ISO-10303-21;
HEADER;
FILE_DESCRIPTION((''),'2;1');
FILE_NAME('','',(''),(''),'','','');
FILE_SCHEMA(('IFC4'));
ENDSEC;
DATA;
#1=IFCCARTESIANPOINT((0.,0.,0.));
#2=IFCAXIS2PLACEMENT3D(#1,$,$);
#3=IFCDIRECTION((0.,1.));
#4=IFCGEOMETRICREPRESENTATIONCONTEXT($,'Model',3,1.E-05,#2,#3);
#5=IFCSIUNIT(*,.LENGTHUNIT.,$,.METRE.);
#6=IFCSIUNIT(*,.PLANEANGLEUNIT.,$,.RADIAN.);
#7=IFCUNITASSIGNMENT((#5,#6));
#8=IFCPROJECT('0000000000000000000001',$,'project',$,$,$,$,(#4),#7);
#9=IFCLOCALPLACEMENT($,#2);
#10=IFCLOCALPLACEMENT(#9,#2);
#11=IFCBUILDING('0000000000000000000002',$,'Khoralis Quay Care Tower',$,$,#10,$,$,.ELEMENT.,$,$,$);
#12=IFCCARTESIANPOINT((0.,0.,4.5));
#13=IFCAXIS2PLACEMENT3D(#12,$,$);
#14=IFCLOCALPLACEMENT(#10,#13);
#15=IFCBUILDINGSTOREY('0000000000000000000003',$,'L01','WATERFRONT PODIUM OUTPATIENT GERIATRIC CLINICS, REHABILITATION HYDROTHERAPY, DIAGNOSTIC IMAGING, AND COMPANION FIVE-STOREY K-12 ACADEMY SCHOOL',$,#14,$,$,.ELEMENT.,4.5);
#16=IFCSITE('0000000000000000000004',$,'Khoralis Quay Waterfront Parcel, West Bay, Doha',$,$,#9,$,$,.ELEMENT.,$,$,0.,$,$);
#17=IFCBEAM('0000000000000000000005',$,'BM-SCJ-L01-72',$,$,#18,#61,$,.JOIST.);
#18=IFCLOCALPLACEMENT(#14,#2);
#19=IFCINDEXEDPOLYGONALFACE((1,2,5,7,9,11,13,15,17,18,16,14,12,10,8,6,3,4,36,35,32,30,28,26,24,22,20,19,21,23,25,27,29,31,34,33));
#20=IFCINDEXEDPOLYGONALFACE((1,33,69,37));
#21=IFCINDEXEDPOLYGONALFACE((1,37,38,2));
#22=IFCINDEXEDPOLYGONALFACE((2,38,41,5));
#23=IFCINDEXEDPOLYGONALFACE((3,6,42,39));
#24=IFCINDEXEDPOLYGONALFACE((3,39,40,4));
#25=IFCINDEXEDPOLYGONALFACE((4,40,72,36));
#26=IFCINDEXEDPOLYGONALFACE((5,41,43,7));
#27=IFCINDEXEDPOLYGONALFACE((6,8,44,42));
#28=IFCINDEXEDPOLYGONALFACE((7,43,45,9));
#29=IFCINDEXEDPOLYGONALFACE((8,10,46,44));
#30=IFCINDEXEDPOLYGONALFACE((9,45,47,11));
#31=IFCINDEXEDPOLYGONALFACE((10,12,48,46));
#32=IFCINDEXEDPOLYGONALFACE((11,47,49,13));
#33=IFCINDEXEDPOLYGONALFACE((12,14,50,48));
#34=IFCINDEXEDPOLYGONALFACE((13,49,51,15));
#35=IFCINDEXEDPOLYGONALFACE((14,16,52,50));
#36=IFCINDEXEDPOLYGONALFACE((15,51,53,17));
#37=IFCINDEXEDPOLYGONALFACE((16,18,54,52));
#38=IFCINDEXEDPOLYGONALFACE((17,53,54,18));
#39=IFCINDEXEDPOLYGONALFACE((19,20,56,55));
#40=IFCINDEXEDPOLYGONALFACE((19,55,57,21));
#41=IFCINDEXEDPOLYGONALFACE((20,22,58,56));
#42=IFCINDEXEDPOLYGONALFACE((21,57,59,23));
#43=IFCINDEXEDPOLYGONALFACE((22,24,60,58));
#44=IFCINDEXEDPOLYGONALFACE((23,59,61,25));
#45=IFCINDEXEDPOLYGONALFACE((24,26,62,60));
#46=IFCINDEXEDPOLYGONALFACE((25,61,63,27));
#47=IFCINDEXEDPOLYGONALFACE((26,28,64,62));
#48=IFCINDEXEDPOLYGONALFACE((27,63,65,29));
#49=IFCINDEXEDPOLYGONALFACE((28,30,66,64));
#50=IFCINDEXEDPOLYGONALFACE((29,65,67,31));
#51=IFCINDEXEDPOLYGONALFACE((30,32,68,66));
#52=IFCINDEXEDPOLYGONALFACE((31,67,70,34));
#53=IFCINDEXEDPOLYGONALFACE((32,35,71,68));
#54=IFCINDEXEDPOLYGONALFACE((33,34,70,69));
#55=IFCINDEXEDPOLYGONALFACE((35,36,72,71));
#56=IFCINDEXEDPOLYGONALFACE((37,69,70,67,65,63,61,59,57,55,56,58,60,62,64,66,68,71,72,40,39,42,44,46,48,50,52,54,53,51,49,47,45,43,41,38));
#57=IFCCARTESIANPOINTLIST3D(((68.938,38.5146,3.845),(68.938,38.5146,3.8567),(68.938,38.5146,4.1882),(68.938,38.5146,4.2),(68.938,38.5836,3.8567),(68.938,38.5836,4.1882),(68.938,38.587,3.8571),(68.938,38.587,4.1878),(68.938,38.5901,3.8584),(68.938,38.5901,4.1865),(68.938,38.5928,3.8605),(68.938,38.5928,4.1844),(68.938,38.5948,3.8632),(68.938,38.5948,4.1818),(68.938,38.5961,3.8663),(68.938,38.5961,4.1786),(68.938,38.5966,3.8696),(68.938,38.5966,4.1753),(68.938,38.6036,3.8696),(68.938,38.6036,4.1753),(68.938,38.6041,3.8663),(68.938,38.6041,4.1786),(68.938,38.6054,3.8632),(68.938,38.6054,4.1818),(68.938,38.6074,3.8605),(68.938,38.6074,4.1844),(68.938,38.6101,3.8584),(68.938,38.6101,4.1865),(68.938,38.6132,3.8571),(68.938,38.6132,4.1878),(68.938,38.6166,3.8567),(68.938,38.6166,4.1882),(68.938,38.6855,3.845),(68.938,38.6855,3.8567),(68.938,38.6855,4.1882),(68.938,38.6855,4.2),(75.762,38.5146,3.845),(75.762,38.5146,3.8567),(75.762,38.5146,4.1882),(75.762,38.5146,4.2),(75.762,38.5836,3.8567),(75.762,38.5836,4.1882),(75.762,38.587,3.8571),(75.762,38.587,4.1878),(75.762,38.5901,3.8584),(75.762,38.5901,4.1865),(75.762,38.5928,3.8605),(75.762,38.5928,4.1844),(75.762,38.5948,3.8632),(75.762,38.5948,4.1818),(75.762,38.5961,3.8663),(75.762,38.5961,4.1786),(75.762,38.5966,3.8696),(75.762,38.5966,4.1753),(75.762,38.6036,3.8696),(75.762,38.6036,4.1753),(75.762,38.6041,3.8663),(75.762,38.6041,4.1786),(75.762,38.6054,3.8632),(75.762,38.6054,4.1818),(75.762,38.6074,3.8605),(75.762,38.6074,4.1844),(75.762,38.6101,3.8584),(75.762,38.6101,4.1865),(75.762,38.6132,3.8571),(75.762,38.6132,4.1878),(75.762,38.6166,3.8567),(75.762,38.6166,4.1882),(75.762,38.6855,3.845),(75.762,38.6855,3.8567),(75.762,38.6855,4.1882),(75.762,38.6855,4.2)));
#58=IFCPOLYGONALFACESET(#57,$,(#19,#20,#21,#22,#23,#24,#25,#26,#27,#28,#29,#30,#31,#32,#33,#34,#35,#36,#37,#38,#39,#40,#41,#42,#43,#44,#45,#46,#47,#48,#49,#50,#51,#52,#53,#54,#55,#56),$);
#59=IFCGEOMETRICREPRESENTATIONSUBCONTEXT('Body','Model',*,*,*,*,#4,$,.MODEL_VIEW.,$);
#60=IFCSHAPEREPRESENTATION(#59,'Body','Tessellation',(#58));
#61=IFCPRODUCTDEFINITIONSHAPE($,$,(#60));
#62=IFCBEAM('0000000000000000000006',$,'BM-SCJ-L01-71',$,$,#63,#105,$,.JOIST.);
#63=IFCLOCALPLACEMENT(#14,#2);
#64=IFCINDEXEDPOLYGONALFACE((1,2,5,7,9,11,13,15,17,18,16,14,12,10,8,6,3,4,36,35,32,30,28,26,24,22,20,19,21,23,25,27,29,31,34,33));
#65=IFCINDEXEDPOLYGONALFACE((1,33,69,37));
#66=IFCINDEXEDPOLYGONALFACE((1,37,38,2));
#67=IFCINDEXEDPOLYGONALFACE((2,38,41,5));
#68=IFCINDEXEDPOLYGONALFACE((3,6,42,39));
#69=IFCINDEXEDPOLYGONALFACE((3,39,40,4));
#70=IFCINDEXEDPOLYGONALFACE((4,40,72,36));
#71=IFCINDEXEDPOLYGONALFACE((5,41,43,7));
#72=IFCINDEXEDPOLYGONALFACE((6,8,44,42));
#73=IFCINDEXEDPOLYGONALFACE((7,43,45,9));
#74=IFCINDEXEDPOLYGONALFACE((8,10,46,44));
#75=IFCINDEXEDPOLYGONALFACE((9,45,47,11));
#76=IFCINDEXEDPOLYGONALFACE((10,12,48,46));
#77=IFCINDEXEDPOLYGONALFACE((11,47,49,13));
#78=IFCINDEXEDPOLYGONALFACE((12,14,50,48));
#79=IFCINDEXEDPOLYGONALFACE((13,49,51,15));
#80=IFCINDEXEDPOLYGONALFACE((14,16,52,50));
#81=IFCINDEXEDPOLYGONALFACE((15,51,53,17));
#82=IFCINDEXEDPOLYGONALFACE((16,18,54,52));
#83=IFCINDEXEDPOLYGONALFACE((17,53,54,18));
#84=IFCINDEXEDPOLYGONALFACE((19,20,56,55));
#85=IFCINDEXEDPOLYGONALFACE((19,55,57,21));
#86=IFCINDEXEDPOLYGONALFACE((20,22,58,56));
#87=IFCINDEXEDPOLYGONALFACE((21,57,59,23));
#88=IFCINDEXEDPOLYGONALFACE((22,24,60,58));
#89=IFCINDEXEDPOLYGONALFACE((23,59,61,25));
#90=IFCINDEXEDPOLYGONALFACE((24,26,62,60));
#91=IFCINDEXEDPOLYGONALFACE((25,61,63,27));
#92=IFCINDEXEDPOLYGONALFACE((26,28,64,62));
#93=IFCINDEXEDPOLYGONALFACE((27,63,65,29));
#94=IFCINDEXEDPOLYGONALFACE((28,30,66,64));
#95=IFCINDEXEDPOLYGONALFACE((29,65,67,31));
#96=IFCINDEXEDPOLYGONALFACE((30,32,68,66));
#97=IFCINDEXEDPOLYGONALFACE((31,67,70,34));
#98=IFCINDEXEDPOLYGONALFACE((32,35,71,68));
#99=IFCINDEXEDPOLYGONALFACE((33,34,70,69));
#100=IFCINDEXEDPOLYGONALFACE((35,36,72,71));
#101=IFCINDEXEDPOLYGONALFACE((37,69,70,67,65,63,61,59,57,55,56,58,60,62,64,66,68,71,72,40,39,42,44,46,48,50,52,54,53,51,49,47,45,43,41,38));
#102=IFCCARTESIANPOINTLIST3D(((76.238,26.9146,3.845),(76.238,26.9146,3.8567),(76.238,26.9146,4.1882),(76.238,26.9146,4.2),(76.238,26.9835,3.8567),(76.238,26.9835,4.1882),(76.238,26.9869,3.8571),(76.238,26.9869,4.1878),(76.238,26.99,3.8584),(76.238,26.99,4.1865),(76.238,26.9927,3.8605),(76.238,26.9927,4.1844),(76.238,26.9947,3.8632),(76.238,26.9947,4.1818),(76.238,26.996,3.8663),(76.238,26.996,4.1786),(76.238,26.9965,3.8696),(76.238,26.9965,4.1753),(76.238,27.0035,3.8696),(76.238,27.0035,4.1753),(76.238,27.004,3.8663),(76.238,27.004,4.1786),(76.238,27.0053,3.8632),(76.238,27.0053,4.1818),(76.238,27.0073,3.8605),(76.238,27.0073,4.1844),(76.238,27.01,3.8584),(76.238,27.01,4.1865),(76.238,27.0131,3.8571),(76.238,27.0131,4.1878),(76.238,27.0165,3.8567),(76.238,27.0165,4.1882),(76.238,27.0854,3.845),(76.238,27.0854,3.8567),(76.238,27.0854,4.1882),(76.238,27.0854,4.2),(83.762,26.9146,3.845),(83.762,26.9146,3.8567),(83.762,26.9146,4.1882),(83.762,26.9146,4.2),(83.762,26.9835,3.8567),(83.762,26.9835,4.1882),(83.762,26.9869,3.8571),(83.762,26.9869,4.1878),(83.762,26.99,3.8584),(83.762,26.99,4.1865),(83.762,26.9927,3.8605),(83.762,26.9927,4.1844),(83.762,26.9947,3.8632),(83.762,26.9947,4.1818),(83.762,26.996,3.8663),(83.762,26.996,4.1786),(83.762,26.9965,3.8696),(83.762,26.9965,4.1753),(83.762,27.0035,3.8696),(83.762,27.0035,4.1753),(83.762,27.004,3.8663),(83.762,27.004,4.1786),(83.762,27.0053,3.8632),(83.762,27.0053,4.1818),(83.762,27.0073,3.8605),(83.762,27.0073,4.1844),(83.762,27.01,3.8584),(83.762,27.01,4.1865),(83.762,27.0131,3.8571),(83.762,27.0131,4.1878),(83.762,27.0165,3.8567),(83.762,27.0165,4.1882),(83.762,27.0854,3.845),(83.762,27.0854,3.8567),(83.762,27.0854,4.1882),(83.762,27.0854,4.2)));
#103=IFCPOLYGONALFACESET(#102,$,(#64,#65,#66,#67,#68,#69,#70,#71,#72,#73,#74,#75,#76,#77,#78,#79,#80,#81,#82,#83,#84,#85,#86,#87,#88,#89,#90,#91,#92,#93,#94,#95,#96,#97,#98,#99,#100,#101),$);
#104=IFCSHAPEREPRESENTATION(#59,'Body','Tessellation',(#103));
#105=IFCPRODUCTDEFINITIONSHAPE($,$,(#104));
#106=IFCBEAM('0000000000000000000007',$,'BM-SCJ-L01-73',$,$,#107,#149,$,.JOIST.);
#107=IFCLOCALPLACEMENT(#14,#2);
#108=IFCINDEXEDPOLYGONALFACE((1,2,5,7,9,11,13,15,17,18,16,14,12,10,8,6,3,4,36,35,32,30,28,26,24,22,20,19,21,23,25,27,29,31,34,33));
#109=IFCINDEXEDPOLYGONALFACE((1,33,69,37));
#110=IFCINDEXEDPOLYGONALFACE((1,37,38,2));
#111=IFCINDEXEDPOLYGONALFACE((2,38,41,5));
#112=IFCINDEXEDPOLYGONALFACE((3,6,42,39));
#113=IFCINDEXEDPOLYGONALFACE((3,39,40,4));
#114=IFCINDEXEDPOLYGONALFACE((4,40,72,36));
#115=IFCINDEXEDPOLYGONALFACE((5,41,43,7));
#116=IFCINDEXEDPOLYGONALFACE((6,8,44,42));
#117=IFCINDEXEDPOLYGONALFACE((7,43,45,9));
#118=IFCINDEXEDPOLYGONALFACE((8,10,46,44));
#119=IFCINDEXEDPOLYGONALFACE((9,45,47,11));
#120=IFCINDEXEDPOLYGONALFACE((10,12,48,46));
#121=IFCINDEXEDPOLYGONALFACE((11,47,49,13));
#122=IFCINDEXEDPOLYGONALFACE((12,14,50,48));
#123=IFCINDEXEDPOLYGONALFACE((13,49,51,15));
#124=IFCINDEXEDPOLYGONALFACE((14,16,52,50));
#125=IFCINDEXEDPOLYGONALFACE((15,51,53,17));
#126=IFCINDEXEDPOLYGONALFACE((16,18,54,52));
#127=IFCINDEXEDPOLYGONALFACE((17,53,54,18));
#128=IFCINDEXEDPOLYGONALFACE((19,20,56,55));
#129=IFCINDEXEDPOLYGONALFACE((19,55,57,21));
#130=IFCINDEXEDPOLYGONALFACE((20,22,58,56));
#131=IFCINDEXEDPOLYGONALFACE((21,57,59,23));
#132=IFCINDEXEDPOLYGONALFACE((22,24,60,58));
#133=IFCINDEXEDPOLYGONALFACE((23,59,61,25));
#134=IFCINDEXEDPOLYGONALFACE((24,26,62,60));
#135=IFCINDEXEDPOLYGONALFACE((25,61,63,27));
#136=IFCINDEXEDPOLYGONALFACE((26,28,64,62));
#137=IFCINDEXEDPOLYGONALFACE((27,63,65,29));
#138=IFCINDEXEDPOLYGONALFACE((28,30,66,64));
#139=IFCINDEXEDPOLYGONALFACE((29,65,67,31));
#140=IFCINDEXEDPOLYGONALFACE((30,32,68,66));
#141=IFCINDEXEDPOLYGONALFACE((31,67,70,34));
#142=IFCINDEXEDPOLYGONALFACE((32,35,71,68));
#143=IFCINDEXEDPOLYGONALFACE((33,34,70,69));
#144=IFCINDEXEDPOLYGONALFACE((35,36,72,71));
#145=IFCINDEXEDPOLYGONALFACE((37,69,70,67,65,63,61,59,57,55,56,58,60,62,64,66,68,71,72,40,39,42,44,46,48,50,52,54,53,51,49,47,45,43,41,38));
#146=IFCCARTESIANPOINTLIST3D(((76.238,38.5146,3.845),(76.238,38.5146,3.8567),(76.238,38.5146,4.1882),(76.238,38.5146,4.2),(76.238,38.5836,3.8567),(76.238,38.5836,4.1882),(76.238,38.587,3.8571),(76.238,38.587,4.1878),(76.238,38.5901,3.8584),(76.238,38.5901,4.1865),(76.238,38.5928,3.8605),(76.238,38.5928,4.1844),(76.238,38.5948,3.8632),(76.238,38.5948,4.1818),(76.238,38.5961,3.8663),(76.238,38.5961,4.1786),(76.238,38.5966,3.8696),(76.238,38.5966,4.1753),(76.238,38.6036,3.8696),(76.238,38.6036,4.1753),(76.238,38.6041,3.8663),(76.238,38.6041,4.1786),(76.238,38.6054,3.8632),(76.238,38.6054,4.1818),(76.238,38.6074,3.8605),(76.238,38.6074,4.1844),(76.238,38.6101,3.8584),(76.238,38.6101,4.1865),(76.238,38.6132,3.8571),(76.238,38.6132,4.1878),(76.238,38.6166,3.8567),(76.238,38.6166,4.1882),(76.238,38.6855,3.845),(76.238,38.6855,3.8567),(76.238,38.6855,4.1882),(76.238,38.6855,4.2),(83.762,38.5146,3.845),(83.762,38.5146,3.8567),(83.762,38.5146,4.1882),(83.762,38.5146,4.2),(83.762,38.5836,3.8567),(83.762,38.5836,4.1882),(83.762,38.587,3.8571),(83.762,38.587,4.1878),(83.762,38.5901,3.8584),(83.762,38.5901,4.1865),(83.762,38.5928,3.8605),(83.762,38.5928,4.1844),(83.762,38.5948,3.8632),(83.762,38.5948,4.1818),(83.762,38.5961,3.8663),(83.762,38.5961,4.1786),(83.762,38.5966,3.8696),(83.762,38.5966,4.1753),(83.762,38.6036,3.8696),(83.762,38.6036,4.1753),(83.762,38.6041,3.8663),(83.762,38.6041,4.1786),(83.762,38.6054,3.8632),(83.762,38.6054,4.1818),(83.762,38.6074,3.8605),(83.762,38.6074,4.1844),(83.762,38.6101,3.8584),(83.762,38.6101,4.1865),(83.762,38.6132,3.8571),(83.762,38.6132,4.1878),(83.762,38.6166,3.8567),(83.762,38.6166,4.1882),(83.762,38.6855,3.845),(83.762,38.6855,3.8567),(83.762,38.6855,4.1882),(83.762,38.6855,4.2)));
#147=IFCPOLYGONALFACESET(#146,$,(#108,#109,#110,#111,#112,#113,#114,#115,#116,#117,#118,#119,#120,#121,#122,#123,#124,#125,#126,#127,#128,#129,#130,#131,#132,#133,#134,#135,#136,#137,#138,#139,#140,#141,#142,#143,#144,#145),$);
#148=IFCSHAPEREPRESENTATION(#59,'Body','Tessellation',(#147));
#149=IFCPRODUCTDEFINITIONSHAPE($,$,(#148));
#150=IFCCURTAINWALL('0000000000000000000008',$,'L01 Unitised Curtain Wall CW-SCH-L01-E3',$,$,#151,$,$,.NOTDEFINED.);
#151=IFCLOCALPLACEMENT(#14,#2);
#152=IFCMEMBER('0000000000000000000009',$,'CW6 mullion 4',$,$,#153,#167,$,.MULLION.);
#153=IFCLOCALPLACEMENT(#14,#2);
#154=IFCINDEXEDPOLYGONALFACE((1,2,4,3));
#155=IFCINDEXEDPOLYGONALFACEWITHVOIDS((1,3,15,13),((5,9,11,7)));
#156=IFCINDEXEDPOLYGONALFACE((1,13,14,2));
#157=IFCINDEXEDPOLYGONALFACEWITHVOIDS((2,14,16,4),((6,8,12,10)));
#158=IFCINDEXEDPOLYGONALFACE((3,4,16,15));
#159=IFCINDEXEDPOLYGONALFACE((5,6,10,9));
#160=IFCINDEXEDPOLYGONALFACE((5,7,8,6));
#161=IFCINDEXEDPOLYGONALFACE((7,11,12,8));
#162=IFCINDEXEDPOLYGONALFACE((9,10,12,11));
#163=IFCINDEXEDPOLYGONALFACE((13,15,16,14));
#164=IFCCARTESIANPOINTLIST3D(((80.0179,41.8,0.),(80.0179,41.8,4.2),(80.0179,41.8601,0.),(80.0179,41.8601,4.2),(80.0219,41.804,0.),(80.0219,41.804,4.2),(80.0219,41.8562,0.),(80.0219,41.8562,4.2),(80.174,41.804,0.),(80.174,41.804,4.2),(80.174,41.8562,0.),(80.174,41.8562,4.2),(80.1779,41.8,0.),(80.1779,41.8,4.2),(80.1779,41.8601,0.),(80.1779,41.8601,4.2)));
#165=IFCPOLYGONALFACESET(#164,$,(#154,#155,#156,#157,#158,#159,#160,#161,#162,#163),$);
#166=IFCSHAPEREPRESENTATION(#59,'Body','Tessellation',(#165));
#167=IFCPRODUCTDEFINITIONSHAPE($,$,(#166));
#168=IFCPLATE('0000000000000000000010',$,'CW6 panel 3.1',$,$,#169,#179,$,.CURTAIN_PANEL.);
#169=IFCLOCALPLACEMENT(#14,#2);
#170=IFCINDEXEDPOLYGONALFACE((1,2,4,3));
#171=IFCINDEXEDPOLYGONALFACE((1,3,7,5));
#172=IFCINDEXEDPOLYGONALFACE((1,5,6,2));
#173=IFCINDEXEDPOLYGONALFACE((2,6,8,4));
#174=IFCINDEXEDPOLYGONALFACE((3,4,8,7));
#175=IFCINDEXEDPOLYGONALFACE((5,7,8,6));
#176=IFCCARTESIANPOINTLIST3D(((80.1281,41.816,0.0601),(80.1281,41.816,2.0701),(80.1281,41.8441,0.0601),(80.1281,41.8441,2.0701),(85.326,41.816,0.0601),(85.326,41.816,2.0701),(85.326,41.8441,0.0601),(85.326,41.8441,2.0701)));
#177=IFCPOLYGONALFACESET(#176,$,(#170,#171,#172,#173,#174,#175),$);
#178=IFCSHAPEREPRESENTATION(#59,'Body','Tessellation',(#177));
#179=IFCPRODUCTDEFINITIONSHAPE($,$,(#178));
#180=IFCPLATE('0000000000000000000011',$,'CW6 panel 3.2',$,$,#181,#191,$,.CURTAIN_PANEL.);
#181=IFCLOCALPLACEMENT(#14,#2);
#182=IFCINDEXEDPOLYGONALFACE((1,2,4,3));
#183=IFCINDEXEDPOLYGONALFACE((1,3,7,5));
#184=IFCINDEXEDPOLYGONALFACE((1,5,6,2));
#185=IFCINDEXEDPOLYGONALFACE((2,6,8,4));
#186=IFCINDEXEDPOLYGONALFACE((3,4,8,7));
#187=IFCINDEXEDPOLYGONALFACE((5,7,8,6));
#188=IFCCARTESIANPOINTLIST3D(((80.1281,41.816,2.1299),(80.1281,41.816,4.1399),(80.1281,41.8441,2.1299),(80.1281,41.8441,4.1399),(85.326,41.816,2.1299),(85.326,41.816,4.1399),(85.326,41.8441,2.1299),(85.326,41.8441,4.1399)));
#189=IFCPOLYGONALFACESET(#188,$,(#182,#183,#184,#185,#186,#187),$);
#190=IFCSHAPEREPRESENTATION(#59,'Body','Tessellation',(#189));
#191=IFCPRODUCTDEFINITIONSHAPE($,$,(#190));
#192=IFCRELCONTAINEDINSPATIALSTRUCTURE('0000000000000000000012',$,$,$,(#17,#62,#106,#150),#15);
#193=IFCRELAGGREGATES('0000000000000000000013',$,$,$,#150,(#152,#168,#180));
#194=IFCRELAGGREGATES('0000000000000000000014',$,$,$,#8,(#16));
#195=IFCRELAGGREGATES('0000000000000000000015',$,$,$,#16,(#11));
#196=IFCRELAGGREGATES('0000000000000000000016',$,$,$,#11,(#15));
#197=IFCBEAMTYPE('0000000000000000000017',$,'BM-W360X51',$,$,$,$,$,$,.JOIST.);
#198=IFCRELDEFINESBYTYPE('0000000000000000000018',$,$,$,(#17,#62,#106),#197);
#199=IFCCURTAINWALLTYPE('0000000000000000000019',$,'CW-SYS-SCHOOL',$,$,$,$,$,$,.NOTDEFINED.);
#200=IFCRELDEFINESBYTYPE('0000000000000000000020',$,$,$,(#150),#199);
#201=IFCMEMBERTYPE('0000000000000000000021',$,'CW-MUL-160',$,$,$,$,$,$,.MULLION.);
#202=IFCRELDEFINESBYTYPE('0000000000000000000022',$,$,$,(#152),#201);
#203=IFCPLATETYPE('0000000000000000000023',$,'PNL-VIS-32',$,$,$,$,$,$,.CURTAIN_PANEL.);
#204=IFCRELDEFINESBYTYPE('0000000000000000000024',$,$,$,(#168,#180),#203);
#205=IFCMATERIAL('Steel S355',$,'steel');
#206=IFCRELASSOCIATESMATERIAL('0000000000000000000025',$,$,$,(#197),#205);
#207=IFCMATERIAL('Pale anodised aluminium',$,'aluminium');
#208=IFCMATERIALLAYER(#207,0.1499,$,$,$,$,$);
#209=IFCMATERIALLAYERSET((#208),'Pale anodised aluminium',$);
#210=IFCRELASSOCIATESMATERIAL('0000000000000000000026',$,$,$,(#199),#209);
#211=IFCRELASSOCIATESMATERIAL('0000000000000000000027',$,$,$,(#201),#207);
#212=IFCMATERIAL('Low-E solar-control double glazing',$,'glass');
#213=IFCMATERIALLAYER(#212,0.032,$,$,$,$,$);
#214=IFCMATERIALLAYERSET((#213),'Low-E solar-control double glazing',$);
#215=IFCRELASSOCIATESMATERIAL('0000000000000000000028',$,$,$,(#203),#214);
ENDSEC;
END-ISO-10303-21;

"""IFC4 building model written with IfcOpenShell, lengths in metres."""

from ifc_helpers import new_model, si_unit, direction, frame, origin, origin_2d, place, context, subcontext, project, spatial, rectangle, hollow_rectangle, i_section, extrude, source, transform, mapped, material, layer, layer_set, material_profile, profile_set, type_object, element, aggregate, save


model = new_model("IFC4")

# Units and contexts
model_context = context("Model", 3, precision=1e-05, world=origin(), true_north=direction((0.0, 1.0)))
body_context = subcontext(model_context, "Body", "Model", "MODEL_VIEW")
ifc_project = project(units=[si_unit("LENGTHUNIT", "METRE"), si_unit("PLANEANGLEUNIT", "RADIAN")], contexts=[model_context])

# Site, building, storey
site_placement = place(None, origin())
site = spatial("IfcSite", under=ifc_project, at=site_placement, Name="Khoralis Quay Waterfront Parcel, West Bay, Doha", CompositionType="ELEMENT", RefElevation=0.0)
building_placement = place(site_placement, origin())
building = spatial("IfcBuilding", under=site, at=building_placement, Name="Khoralis Quay Care Tower", CompositionType="ELEMENT")
storey_placement = place(building_placement, frame((0.0, 0.0, 4.5)))
storey = spatial("IfcBuildingStorey", under=building, at=storey_placement, Name="L01", Description="WATERFRONT PODIUM OUTPATIENT GERIATRIC CLINICS, REHABILITATION HYDROTHERAPY, DIAGNOSTIC IMAGING, AND COMPANION FIVE-STOREY K-12 ACADEMY SCHOOL", CompositionType="ELEMENT", Elevation=4.5)

# Beams
ifc_material_1 = material(Name="Steel S355", Category="steel")
ifc_material_profile_1 = material_profile(ifc_material_1, i_section(OverallWidth=0.1709, OverallDepth=0.355, WebThickness=0.0071, FlangeThickness=0.0117, FilletRadius=0.0129, at=origin_2d()), Name="Steel S355")
ifc_profile_set_1 = profile_set([ifc_material_profile_1], Name="Steel S355")
beam_type_1 = type_object("IfcBeamType", Name="BM-W360X51", PredefinedType="JOIST", material=ifc_profile_set_1)
shared_shape_1 = source(origin(), body_context, "Body", "SweptSolid", [
    extrude(i_section(OverallWidth=0.1709, OverallDepth=0.355, WebThickness=0.0071, FlangeThickness=0.0117, FilletRadius=0.0129, at=origin_2d()), origin(), (0.0, 0.0, 1.0), 6.824),
])
beam_1_placement = place(storey_placement, frame((68.938, 38.6001, 4.0225), z_axis=(1.0, 0.0, 0.0), x_axis=(0.0, 1.0, 0.0)))
element("IfcBeam", 1, at=beam_1_placement, inside=storey, type_object=beam_type_1, Name="BM-SCJ-L01-72", PredefinedType="JOIST", context=body_context, shape_type="MappedRepresentation", body=[
    mapped(shared_shape_1, transform((0.0, 0.0, 0.0), scale=1.0)),
])
shared_shape_2 = source(origin(), body_context, "Body", "SweptSolid", [
    extrude(i_section(OverallWidth=0.1709, OverallDepth=0.355, WebThickness=0.0071, FlangeThickness=0.0117, FilletRadius=0.0129, at=origin_2d()), origin(), (0.0, 0.0, 1.0), 7.5239),
])
for number, where, z_axis, x_axis, name in (
    (2, (76.238, 27.0, 4.0225), (1.0, 0.0, 0.0), (0.0, 1.0, 0.0), "BM-SCJ-L01-71"),
    (3, (76.238, 38.6001, 4.0225), (1.0, 0.0, 0.0), (0.0, 1.0, 0.0), "BM-SCJ-L01-73"),
):
    element("IfcBeam", number, at=place(storey_placement, frame(where, z_axis=z_axis, x_axis=x_axis)), inside=storey, type_object=beam_type_1, Name=name, PredefinedType="JOIST", context=body_context, shape_type="MappedRepresentation", body=[
        mapped(shared_shape_2, transform((0.0, 0.0, 0.0), scale=1.0)),
    ])

# Curtain wall, member, plates
ifc_material_2 = material(Name="Pale anodised aluminium", Category="aluminium")
ifc_layer_1 = layer(ifc_material_2, 0.1499)
ifc_layer_set_1 = layer_set([ifc_layer_1], Name="Pale anodised aluminium")
curtain_wall_type = type_object("IfcCurtainWallType", Name="CW-SYS-SCHOOL", PredefinedType="NOTDEFINED", material=ifc_layer_set_1)
curtain_wall_placement = place(storey_placement, origin())
curtain_wall = element("IfcCurtainWall", 4, at=curtain_wall_placement, inside=storey, type_object=curtain_wall_type, Name="L01 Unitised Curtain Wall CW-SCH-L01-E3", PredefinedType="NOTDEFINED")
ifc_material_profile_2 = material_profile(ifc_material_2, hollow_rectangle(XDim=0.0601, YDim=0.1599, WallThickness=0.0039, at=origin_2d()), Name="Pale anodised aluminium")
ifc_profile_set_2 = profile_set([ifc_material_profile_2], Name="Pale anodised aluminium")
member_type = type_object("IfcMemberType", Name="CW-MUL-160", PredefinedType="MULLION", material=ifc_profile_set_2)
shared_shape_3 = source(origin(), body_context, "Body", "SweptSolid", [
    extrude(hollow_rectangle(XDim=0.0601, YDim=0.1599, WallThickness=0.0039, at=origin_2d()), origin(), (0.0, 0.0, 1.0), 4.2),
])
member_placement = place(storey_placement, frame((80.0979, 41.8301, 0.0), z_axis=(0.0, 0.0, 1.0), x_axis=(0.0, -1.0, 0.0)))
member = element("IfcMember", 5, at=member_placement, type_object=member_type, Name="CW6 mullion 4", PredefinedType="MULLION", context=body_context, shape_type="MappedRepresentation", body=[
    mapped(shared_shape_3, transform((0.0, 0.0, 0.0), scale=1.0)),
])
ifc_material_3 = material(Name="Low-E solar-control double glazing", Category="glass")
ifc_layer_2 = layer(ifc_material_3, 0.032)
ifc_layer_set_2 = layer_set([ifc_layer_2], Name="Low-E solar-control double glazing")
plate_type = type_object("IfcPlateType", Name="PNL-VIS-32", PredefinedType="CURTAIN_PANEL", material=ifc_layer_set_2)
shared_shape_4 = source(origin(), body_context, "Body", "SweptSolid", [
    extrude(rectangle(XDim=5.198, YDim=0.0281, at=origin_2d()), origin(), (0.0, 0.0, 1.0), 2.01),
])
plate_1_placement = place(storey_placement, frame((82.7271, 41.8301, 0.0601), z_axis=(0.0, 0.0, 1.0), x_axis=(-1.0, 0.0, 0.0)))
plate_1 = element("IfcPlate", 6, at=plate_1_placement, type_object=plate_type, Name="CW6 panel 3.1", PredefinedType="CURTAIN_PANEL", context=body_context, shape_type="MappedRepresentation", body=[
    mapped(shared_shape_4, transform((0.0, 0.0, 0.0), scale=1.0)),
])
plate_2_placement = place(storey_placement, frame((82.7271, 41.8301, 2.1299), z_axis=(0.0, 0.0, 1.0), x_axis=(-1.0, 0.0, 0.0)))
plate_2 = element("IfcPlate", 7, at=plate_2_placement, type_object=plate_type, Name="CW6 panel 3.2", PredefinedType="CURTAIN_PANEL", context=body_context, shape_type="MappedRepresentation", body=[
    mapped(shared_shape_4, transform((0.0, 0.0, 0.0), scale=1.0)),
])
aggregate(curtain_wall, [member, plate_1, plate_2])

save(model, "model.ifc")
